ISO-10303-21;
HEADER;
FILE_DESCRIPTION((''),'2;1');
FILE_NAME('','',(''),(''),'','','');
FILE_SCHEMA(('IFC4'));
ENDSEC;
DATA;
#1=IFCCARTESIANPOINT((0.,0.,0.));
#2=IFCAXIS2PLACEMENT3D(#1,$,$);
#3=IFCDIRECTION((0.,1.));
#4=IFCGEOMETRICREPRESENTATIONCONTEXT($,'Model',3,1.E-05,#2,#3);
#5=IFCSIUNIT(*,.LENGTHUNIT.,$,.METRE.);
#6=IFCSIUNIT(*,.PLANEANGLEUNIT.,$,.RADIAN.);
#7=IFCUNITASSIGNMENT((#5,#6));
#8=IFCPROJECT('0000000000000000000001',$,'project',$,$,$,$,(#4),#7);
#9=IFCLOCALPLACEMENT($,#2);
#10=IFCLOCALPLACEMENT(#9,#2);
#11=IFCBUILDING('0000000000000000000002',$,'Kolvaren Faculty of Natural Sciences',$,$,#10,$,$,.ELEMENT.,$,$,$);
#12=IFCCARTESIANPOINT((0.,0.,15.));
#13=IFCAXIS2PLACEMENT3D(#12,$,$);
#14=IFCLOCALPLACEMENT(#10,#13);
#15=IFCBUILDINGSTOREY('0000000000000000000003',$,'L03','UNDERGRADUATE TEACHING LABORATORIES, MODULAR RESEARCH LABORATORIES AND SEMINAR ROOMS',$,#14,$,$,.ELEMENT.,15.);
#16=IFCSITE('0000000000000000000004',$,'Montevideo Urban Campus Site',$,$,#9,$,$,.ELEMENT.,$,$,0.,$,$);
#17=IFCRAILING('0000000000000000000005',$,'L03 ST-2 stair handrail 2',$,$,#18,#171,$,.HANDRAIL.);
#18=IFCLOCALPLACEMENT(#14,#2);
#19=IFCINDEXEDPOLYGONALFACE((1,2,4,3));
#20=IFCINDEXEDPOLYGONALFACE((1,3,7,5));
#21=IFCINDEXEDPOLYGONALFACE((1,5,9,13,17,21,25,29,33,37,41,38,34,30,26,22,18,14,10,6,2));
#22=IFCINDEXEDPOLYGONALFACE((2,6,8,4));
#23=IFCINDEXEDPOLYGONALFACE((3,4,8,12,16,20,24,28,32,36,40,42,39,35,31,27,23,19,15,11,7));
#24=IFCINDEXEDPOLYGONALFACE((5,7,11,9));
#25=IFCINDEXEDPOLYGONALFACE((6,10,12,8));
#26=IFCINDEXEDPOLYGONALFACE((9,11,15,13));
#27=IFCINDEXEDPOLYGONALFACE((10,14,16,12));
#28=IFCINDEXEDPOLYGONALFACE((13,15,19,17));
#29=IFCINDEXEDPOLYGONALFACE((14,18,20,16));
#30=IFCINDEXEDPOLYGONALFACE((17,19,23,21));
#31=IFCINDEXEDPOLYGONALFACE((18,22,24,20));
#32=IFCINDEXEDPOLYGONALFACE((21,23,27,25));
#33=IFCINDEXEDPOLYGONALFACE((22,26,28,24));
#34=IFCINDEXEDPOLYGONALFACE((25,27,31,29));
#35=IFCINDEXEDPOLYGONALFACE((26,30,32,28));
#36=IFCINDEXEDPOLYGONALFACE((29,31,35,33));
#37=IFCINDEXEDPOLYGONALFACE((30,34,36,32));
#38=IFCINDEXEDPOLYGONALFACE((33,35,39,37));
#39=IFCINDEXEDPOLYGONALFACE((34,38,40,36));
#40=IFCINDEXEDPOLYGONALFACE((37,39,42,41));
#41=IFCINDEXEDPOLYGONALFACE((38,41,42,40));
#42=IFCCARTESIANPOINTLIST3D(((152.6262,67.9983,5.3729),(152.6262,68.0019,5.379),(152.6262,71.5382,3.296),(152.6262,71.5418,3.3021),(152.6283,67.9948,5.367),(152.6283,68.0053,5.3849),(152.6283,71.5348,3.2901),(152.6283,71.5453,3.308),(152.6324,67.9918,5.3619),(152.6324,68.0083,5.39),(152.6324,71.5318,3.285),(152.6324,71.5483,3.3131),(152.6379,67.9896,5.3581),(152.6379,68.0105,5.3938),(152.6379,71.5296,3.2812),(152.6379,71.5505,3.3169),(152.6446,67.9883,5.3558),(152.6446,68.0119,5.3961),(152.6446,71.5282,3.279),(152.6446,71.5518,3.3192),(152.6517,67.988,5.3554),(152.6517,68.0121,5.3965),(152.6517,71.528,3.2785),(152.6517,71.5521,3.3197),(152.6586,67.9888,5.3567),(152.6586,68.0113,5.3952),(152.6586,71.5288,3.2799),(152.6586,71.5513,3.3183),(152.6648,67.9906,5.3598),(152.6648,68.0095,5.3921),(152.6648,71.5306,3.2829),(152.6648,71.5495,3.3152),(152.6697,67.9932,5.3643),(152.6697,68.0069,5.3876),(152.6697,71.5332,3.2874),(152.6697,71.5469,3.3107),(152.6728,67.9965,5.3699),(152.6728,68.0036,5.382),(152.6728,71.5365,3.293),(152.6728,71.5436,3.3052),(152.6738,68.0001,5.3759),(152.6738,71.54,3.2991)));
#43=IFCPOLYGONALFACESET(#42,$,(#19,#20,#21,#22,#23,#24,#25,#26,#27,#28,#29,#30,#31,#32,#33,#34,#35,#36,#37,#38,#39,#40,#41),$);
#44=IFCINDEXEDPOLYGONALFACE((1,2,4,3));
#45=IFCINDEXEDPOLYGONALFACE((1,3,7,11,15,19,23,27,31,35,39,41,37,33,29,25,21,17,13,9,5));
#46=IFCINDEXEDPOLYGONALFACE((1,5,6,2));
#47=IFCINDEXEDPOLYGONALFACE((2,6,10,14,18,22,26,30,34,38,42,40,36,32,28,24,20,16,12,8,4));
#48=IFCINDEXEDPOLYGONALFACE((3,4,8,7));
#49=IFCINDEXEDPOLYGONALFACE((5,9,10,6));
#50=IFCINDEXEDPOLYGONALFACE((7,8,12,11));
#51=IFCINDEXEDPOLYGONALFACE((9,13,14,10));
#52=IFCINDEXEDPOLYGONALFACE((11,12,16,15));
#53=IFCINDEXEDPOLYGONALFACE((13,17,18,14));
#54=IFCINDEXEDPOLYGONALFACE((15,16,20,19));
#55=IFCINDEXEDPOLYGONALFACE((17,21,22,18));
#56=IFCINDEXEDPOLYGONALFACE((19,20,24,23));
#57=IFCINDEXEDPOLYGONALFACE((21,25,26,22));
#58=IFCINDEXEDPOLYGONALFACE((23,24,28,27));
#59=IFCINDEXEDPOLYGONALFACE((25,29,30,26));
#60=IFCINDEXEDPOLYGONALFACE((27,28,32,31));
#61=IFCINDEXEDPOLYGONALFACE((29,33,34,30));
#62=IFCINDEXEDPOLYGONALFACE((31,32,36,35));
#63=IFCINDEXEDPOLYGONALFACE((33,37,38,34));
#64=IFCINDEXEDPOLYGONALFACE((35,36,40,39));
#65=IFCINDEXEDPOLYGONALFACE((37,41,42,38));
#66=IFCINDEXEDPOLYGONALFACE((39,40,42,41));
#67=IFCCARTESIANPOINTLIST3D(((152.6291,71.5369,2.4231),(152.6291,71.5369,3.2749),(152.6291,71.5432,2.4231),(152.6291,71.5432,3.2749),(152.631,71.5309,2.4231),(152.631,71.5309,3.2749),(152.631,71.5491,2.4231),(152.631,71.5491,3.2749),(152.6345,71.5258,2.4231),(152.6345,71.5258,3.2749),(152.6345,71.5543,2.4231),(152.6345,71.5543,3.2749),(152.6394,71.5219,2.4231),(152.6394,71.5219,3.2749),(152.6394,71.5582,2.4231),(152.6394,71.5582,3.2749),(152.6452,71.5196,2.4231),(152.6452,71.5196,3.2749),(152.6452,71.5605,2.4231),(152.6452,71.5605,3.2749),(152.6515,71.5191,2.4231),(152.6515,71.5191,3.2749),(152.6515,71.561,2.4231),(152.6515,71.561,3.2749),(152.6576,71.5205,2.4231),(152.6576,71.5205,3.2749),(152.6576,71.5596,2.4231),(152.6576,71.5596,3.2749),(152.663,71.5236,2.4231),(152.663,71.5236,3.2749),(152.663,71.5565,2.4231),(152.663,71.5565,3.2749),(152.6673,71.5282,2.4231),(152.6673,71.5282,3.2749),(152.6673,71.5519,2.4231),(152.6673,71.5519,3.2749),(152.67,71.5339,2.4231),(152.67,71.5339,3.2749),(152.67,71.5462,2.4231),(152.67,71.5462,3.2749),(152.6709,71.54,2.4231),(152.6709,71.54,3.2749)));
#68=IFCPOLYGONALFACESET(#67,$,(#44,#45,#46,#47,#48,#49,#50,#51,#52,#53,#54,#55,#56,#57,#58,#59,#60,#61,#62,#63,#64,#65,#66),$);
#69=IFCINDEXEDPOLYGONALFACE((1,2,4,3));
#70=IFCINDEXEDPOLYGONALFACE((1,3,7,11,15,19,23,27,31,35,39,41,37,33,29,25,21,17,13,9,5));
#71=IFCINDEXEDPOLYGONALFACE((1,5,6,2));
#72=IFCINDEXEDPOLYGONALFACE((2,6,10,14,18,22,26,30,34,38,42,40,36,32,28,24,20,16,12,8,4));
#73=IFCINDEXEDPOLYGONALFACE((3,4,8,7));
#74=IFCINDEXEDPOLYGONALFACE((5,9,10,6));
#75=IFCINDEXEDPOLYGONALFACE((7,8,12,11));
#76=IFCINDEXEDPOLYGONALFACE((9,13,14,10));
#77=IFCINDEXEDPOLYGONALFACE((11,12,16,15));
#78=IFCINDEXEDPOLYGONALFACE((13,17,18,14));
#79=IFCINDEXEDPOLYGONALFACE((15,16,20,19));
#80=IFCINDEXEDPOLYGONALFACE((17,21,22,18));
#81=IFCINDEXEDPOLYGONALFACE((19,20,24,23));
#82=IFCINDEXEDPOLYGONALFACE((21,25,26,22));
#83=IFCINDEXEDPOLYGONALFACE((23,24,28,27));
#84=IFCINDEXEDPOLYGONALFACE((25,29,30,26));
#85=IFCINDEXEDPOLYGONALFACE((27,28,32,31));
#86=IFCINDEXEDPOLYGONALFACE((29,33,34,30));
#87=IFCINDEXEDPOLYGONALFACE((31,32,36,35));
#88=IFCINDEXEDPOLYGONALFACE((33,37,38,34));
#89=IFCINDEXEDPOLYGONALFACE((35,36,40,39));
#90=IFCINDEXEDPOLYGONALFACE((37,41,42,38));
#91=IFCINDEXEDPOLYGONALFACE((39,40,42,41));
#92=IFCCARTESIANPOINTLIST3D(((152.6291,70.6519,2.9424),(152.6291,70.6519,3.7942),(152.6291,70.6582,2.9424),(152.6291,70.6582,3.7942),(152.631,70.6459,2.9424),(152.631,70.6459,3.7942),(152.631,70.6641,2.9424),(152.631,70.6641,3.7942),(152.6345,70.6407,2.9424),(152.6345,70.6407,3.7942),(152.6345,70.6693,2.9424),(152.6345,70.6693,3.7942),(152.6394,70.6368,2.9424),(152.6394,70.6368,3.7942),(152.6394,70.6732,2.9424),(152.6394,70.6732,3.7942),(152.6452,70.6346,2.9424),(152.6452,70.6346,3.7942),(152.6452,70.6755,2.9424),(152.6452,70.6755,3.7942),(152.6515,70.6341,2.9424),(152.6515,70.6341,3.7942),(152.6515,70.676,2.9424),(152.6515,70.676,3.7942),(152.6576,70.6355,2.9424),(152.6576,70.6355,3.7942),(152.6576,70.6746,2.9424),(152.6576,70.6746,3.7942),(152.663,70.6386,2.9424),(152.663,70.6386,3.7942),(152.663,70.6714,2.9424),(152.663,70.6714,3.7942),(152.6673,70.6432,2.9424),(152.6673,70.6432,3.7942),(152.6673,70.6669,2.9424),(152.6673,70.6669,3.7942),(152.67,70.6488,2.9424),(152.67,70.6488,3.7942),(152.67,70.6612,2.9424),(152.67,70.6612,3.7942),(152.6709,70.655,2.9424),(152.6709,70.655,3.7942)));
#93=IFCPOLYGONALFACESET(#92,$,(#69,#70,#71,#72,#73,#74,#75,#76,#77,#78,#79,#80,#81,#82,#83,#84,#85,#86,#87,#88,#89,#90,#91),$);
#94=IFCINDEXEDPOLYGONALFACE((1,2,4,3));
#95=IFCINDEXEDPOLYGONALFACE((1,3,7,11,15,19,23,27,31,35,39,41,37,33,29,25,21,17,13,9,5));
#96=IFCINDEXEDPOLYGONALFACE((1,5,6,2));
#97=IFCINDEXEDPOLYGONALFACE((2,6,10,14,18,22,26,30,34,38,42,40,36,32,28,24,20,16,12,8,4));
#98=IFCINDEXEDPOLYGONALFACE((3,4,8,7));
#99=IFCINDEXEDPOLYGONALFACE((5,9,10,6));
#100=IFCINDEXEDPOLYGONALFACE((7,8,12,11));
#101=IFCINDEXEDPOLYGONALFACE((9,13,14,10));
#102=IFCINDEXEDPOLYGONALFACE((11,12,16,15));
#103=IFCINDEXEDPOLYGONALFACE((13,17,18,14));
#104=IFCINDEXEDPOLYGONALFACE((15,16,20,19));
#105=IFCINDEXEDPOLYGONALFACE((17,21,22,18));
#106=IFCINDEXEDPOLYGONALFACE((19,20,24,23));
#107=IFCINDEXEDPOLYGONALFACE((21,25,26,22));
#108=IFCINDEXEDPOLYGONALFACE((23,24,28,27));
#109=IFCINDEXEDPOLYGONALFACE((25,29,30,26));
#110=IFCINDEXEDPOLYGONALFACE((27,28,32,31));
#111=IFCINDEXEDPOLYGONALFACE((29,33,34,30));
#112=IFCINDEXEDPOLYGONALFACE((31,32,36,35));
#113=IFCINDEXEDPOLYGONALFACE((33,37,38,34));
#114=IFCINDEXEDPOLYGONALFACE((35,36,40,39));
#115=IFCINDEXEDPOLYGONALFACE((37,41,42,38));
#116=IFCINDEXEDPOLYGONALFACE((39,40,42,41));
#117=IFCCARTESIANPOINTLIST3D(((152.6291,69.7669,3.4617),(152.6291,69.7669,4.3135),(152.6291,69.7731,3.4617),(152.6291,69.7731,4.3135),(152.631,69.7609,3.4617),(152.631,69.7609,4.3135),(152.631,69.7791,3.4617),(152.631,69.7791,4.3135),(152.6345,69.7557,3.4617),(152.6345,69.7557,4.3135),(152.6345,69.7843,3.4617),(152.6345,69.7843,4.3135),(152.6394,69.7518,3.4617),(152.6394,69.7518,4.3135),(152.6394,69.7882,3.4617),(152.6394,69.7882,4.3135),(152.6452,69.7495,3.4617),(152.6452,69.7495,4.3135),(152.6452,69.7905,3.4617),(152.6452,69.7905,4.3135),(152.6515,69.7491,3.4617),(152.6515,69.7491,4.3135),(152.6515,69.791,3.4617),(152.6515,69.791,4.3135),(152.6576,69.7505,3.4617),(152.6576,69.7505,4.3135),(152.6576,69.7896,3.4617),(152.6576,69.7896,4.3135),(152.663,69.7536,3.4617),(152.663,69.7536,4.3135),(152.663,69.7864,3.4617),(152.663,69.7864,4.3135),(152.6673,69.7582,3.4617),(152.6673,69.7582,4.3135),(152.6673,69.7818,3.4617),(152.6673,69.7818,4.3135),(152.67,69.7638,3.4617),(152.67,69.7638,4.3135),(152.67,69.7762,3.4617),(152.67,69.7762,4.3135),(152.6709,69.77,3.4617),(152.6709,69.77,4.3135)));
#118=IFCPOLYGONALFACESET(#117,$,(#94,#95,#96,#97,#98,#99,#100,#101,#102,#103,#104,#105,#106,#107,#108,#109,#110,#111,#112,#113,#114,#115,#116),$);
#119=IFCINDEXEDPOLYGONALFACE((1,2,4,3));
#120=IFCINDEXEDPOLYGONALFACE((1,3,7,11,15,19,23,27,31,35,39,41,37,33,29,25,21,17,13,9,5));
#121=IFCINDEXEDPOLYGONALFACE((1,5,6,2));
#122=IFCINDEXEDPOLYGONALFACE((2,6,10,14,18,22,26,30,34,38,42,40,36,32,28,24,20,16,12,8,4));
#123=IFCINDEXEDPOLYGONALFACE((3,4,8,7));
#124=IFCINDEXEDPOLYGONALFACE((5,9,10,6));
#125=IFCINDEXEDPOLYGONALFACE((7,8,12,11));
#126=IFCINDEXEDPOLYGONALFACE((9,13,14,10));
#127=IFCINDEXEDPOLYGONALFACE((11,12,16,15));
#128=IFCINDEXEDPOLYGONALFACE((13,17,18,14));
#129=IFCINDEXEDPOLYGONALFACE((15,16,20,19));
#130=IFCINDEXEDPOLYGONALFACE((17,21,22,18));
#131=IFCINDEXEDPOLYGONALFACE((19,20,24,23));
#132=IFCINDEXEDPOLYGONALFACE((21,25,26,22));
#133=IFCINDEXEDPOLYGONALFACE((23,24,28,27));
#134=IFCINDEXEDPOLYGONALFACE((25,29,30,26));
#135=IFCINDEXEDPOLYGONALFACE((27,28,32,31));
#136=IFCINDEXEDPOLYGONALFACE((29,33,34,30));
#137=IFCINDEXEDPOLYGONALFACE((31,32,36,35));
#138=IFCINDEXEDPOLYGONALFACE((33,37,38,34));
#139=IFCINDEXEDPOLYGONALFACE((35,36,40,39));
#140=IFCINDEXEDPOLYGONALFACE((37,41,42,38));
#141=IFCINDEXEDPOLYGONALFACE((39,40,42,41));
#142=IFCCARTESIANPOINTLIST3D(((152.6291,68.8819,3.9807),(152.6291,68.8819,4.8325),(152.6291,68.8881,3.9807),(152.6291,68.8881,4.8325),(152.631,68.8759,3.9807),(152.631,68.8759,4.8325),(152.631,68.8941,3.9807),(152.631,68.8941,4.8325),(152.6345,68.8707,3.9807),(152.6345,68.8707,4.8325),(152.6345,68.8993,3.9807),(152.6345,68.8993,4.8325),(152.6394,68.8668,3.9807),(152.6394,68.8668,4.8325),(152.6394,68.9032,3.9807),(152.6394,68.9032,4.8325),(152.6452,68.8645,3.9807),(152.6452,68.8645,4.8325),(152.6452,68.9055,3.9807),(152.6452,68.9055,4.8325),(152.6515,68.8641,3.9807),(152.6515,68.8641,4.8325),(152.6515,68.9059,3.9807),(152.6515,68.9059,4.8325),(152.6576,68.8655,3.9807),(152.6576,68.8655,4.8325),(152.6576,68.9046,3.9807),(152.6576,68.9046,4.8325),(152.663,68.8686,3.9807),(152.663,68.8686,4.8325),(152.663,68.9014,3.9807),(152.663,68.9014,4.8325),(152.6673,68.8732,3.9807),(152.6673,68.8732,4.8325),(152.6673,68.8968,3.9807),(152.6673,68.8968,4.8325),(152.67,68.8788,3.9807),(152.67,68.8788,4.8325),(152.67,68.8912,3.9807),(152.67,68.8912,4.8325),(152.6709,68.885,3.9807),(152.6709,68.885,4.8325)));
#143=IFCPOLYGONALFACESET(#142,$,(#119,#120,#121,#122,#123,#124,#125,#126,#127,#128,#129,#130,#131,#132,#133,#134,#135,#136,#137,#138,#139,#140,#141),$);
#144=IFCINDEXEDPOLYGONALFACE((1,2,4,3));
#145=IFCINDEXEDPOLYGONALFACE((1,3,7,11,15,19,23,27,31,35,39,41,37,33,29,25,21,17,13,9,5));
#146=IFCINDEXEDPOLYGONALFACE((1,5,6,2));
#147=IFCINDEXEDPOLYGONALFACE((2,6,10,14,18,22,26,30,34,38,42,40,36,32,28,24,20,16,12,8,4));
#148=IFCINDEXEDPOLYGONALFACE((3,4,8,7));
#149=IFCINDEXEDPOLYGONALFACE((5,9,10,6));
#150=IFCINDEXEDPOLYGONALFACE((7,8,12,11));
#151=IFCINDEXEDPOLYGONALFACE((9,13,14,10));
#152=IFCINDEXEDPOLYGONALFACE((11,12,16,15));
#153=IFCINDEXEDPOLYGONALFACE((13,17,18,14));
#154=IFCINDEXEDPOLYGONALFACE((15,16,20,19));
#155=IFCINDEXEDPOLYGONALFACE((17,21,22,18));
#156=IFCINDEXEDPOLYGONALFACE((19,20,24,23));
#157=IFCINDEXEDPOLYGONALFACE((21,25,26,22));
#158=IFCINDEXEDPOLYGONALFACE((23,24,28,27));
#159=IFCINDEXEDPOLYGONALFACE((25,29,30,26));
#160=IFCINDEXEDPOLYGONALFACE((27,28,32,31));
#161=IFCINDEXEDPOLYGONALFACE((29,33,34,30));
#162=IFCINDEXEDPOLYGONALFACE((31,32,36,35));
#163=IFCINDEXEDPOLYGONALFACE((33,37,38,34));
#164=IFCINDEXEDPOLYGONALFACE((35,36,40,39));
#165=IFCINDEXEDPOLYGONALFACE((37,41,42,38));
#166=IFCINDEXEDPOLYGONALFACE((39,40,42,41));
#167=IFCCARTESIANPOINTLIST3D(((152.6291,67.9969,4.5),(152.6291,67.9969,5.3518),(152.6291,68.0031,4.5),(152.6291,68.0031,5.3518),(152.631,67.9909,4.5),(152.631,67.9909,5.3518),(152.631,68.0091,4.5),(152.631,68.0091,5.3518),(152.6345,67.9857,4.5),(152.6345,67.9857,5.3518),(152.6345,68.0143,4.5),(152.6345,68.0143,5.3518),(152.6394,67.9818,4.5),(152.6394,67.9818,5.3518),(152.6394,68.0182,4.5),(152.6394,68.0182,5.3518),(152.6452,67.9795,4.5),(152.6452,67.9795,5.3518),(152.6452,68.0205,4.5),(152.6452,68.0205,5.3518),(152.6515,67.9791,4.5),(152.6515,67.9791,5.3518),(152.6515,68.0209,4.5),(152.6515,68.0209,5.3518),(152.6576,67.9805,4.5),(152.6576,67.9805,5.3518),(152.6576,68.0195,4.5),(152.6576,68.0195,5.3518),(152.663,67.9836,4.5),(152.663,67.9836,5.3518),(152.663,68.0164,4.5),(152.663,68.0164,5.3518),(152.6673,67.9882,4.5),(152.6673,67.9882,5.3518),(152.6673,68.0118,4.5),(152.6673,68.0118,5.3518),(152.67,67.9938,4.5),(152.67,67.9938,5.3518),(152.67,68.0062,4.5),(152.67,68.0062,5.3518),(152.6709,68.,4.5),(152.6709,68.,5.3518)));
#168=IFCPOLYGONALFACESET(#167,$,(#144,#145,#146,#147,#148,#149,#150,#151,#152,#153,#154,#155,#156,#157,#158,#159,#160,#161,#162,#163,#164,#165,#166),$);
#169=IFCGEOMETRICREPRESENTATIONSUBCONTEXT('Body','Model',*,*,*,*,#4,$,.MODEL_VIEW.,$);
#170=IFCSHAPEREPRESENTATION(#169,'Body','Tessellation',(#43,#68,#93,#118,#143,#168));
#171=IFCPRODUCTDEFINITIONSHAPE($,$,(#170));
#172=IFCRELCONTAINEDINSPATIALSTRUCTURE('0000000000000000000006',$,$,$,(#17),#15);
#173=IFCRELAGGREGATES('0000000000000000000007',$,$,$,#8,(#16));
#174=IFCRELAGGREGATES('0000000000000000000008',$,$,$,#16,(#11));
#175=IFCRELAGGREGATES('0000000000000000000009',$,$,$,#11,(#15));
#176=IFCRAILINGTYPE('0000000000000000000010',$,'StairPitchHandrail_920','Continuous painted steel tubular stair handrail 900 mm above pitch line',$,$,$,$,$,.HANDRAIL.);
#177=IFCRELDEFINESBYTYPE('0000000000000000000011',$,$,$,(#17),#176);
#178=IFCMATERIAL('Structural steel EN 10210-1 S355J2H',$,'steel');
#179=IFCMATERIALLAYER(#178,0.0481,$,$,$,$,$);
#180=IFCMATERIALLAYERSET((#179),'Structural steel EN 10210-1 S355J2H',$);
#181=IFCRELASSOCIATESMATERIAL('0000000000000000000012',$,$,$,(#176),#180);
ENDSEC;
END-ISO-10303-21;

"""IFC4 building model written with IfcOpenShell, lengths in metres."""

from ifc_helpers import new_model, si_unit, direction, frame, origin, origin_2d, place, context, subcontext, project, spatial, circle, extrude, material, layer, layer_set, type_object, element, save


model = new_model("IFC4")

# Units and contexts
model_context = context("Model", 3, precision=1e-05, world=origin(), true_north=direction((0.0, 1.0)))
body_context = subcontext(model_context, "Body", "Model", "MODEL_VIEW")
ifc_project = project(units=[si_unit("LENGTHUNIT", "METRE"), si_unit("PLANEANGLEUNIT", "RADIAN")], contexts=[model_context])

# Site, building, storey
site_placement = place(None, origin())
site = spatial("IfcSite", under=ifc_project, at=site_placement, Name="Montevideo Urban Campus Site", CompositionType="ELEMENT", RefElevation=0.0)
building_placement = place(site_placement, origin())
building = spatial("IfcBuilding", under=site, at=building_placement, Name="Kolvaren Faculty of Natural Sciences", CompositionType="ELEMENT")
storey_placement = place(building_placement, frame((0.0, 0.0, 15.0)))
storey = spatial("IfcBuildingStorey", under=building, at=storey_placement, Name="L03", Description="UNDERGRADUATE TEACHING LABORATORIES, MODULAR RESEARCH LABORATORIES AND SEMINAR ROOMS", CompositionType="ELEMENT", Elevation=15.0)

# Railing
ifc_material_1 = material(Name="Structural steel EN 10210-1 S355J2H", Category="steel")
ifc_layer_1 = layer(ifc_material_1, 0.0481)
ifc_layer_set_1 = layer_set([ifc_layer_1], Name="Structural steel EN 10210-1 S355J2H")
railing_type_1 = type_object("IfcRailingType", Name="StairPitchHandrail_920", Description="Continuous painted steel tubular stair handrail 900 mm above pitch line", PredefinedType="HANDRAIL", material=ifc_layer_set_1)
railing_1_placement = place(storey_placement, frame((152.6499, 71.54, 2.4231)))
element("IfcRailing", 1, at=railing_1_placement, inside=storey, type_object=railing_type_1, Name="L03 ST-2 stair handrail 2", PredefinedType="HANDRAIL", context=body_context, shape_type="SweptSolid", body=[
    extrude(circle(Radius=0.0239, at=origin_2d()), frame((0.0, 0.0, 0.876), z_axis=(0.0, -0.862516, 0.506029), x_axis=(1.0, 0.0, 0.0)), (0.0, 0.0, 1.0), 4.1042),
    extrude(circle(Radius=0.021, at=origin_2d()), origin(), (0.0, 0.0, 1.0), 0.8518),
    extrude(circle(Radius=0.021, at=origin_2d()), frame((0.0, -0.885, 0.5193)), (0.0, 0.0, 1.0), 0.8518),
    extrude(circle(Radius=0.021, at=origin_2d()), frame((0.0, -1.77, 1.0386)), (0.0, 0.0, 1.0), 0.8518),
    extrude(circle(Radius=0.021, at=origin_2d()), frame((0.0, -2.655, 1.5576)), (0.0, 0.0, 1.0), 0.8518),
    extrude(circle(Radius=0.021, at=origin_2d()), frame((0.0, -3.54, 2.0769)), (0.0, 0.0, 1.0), 0.8518),
])

save(model, "model.ifc")
